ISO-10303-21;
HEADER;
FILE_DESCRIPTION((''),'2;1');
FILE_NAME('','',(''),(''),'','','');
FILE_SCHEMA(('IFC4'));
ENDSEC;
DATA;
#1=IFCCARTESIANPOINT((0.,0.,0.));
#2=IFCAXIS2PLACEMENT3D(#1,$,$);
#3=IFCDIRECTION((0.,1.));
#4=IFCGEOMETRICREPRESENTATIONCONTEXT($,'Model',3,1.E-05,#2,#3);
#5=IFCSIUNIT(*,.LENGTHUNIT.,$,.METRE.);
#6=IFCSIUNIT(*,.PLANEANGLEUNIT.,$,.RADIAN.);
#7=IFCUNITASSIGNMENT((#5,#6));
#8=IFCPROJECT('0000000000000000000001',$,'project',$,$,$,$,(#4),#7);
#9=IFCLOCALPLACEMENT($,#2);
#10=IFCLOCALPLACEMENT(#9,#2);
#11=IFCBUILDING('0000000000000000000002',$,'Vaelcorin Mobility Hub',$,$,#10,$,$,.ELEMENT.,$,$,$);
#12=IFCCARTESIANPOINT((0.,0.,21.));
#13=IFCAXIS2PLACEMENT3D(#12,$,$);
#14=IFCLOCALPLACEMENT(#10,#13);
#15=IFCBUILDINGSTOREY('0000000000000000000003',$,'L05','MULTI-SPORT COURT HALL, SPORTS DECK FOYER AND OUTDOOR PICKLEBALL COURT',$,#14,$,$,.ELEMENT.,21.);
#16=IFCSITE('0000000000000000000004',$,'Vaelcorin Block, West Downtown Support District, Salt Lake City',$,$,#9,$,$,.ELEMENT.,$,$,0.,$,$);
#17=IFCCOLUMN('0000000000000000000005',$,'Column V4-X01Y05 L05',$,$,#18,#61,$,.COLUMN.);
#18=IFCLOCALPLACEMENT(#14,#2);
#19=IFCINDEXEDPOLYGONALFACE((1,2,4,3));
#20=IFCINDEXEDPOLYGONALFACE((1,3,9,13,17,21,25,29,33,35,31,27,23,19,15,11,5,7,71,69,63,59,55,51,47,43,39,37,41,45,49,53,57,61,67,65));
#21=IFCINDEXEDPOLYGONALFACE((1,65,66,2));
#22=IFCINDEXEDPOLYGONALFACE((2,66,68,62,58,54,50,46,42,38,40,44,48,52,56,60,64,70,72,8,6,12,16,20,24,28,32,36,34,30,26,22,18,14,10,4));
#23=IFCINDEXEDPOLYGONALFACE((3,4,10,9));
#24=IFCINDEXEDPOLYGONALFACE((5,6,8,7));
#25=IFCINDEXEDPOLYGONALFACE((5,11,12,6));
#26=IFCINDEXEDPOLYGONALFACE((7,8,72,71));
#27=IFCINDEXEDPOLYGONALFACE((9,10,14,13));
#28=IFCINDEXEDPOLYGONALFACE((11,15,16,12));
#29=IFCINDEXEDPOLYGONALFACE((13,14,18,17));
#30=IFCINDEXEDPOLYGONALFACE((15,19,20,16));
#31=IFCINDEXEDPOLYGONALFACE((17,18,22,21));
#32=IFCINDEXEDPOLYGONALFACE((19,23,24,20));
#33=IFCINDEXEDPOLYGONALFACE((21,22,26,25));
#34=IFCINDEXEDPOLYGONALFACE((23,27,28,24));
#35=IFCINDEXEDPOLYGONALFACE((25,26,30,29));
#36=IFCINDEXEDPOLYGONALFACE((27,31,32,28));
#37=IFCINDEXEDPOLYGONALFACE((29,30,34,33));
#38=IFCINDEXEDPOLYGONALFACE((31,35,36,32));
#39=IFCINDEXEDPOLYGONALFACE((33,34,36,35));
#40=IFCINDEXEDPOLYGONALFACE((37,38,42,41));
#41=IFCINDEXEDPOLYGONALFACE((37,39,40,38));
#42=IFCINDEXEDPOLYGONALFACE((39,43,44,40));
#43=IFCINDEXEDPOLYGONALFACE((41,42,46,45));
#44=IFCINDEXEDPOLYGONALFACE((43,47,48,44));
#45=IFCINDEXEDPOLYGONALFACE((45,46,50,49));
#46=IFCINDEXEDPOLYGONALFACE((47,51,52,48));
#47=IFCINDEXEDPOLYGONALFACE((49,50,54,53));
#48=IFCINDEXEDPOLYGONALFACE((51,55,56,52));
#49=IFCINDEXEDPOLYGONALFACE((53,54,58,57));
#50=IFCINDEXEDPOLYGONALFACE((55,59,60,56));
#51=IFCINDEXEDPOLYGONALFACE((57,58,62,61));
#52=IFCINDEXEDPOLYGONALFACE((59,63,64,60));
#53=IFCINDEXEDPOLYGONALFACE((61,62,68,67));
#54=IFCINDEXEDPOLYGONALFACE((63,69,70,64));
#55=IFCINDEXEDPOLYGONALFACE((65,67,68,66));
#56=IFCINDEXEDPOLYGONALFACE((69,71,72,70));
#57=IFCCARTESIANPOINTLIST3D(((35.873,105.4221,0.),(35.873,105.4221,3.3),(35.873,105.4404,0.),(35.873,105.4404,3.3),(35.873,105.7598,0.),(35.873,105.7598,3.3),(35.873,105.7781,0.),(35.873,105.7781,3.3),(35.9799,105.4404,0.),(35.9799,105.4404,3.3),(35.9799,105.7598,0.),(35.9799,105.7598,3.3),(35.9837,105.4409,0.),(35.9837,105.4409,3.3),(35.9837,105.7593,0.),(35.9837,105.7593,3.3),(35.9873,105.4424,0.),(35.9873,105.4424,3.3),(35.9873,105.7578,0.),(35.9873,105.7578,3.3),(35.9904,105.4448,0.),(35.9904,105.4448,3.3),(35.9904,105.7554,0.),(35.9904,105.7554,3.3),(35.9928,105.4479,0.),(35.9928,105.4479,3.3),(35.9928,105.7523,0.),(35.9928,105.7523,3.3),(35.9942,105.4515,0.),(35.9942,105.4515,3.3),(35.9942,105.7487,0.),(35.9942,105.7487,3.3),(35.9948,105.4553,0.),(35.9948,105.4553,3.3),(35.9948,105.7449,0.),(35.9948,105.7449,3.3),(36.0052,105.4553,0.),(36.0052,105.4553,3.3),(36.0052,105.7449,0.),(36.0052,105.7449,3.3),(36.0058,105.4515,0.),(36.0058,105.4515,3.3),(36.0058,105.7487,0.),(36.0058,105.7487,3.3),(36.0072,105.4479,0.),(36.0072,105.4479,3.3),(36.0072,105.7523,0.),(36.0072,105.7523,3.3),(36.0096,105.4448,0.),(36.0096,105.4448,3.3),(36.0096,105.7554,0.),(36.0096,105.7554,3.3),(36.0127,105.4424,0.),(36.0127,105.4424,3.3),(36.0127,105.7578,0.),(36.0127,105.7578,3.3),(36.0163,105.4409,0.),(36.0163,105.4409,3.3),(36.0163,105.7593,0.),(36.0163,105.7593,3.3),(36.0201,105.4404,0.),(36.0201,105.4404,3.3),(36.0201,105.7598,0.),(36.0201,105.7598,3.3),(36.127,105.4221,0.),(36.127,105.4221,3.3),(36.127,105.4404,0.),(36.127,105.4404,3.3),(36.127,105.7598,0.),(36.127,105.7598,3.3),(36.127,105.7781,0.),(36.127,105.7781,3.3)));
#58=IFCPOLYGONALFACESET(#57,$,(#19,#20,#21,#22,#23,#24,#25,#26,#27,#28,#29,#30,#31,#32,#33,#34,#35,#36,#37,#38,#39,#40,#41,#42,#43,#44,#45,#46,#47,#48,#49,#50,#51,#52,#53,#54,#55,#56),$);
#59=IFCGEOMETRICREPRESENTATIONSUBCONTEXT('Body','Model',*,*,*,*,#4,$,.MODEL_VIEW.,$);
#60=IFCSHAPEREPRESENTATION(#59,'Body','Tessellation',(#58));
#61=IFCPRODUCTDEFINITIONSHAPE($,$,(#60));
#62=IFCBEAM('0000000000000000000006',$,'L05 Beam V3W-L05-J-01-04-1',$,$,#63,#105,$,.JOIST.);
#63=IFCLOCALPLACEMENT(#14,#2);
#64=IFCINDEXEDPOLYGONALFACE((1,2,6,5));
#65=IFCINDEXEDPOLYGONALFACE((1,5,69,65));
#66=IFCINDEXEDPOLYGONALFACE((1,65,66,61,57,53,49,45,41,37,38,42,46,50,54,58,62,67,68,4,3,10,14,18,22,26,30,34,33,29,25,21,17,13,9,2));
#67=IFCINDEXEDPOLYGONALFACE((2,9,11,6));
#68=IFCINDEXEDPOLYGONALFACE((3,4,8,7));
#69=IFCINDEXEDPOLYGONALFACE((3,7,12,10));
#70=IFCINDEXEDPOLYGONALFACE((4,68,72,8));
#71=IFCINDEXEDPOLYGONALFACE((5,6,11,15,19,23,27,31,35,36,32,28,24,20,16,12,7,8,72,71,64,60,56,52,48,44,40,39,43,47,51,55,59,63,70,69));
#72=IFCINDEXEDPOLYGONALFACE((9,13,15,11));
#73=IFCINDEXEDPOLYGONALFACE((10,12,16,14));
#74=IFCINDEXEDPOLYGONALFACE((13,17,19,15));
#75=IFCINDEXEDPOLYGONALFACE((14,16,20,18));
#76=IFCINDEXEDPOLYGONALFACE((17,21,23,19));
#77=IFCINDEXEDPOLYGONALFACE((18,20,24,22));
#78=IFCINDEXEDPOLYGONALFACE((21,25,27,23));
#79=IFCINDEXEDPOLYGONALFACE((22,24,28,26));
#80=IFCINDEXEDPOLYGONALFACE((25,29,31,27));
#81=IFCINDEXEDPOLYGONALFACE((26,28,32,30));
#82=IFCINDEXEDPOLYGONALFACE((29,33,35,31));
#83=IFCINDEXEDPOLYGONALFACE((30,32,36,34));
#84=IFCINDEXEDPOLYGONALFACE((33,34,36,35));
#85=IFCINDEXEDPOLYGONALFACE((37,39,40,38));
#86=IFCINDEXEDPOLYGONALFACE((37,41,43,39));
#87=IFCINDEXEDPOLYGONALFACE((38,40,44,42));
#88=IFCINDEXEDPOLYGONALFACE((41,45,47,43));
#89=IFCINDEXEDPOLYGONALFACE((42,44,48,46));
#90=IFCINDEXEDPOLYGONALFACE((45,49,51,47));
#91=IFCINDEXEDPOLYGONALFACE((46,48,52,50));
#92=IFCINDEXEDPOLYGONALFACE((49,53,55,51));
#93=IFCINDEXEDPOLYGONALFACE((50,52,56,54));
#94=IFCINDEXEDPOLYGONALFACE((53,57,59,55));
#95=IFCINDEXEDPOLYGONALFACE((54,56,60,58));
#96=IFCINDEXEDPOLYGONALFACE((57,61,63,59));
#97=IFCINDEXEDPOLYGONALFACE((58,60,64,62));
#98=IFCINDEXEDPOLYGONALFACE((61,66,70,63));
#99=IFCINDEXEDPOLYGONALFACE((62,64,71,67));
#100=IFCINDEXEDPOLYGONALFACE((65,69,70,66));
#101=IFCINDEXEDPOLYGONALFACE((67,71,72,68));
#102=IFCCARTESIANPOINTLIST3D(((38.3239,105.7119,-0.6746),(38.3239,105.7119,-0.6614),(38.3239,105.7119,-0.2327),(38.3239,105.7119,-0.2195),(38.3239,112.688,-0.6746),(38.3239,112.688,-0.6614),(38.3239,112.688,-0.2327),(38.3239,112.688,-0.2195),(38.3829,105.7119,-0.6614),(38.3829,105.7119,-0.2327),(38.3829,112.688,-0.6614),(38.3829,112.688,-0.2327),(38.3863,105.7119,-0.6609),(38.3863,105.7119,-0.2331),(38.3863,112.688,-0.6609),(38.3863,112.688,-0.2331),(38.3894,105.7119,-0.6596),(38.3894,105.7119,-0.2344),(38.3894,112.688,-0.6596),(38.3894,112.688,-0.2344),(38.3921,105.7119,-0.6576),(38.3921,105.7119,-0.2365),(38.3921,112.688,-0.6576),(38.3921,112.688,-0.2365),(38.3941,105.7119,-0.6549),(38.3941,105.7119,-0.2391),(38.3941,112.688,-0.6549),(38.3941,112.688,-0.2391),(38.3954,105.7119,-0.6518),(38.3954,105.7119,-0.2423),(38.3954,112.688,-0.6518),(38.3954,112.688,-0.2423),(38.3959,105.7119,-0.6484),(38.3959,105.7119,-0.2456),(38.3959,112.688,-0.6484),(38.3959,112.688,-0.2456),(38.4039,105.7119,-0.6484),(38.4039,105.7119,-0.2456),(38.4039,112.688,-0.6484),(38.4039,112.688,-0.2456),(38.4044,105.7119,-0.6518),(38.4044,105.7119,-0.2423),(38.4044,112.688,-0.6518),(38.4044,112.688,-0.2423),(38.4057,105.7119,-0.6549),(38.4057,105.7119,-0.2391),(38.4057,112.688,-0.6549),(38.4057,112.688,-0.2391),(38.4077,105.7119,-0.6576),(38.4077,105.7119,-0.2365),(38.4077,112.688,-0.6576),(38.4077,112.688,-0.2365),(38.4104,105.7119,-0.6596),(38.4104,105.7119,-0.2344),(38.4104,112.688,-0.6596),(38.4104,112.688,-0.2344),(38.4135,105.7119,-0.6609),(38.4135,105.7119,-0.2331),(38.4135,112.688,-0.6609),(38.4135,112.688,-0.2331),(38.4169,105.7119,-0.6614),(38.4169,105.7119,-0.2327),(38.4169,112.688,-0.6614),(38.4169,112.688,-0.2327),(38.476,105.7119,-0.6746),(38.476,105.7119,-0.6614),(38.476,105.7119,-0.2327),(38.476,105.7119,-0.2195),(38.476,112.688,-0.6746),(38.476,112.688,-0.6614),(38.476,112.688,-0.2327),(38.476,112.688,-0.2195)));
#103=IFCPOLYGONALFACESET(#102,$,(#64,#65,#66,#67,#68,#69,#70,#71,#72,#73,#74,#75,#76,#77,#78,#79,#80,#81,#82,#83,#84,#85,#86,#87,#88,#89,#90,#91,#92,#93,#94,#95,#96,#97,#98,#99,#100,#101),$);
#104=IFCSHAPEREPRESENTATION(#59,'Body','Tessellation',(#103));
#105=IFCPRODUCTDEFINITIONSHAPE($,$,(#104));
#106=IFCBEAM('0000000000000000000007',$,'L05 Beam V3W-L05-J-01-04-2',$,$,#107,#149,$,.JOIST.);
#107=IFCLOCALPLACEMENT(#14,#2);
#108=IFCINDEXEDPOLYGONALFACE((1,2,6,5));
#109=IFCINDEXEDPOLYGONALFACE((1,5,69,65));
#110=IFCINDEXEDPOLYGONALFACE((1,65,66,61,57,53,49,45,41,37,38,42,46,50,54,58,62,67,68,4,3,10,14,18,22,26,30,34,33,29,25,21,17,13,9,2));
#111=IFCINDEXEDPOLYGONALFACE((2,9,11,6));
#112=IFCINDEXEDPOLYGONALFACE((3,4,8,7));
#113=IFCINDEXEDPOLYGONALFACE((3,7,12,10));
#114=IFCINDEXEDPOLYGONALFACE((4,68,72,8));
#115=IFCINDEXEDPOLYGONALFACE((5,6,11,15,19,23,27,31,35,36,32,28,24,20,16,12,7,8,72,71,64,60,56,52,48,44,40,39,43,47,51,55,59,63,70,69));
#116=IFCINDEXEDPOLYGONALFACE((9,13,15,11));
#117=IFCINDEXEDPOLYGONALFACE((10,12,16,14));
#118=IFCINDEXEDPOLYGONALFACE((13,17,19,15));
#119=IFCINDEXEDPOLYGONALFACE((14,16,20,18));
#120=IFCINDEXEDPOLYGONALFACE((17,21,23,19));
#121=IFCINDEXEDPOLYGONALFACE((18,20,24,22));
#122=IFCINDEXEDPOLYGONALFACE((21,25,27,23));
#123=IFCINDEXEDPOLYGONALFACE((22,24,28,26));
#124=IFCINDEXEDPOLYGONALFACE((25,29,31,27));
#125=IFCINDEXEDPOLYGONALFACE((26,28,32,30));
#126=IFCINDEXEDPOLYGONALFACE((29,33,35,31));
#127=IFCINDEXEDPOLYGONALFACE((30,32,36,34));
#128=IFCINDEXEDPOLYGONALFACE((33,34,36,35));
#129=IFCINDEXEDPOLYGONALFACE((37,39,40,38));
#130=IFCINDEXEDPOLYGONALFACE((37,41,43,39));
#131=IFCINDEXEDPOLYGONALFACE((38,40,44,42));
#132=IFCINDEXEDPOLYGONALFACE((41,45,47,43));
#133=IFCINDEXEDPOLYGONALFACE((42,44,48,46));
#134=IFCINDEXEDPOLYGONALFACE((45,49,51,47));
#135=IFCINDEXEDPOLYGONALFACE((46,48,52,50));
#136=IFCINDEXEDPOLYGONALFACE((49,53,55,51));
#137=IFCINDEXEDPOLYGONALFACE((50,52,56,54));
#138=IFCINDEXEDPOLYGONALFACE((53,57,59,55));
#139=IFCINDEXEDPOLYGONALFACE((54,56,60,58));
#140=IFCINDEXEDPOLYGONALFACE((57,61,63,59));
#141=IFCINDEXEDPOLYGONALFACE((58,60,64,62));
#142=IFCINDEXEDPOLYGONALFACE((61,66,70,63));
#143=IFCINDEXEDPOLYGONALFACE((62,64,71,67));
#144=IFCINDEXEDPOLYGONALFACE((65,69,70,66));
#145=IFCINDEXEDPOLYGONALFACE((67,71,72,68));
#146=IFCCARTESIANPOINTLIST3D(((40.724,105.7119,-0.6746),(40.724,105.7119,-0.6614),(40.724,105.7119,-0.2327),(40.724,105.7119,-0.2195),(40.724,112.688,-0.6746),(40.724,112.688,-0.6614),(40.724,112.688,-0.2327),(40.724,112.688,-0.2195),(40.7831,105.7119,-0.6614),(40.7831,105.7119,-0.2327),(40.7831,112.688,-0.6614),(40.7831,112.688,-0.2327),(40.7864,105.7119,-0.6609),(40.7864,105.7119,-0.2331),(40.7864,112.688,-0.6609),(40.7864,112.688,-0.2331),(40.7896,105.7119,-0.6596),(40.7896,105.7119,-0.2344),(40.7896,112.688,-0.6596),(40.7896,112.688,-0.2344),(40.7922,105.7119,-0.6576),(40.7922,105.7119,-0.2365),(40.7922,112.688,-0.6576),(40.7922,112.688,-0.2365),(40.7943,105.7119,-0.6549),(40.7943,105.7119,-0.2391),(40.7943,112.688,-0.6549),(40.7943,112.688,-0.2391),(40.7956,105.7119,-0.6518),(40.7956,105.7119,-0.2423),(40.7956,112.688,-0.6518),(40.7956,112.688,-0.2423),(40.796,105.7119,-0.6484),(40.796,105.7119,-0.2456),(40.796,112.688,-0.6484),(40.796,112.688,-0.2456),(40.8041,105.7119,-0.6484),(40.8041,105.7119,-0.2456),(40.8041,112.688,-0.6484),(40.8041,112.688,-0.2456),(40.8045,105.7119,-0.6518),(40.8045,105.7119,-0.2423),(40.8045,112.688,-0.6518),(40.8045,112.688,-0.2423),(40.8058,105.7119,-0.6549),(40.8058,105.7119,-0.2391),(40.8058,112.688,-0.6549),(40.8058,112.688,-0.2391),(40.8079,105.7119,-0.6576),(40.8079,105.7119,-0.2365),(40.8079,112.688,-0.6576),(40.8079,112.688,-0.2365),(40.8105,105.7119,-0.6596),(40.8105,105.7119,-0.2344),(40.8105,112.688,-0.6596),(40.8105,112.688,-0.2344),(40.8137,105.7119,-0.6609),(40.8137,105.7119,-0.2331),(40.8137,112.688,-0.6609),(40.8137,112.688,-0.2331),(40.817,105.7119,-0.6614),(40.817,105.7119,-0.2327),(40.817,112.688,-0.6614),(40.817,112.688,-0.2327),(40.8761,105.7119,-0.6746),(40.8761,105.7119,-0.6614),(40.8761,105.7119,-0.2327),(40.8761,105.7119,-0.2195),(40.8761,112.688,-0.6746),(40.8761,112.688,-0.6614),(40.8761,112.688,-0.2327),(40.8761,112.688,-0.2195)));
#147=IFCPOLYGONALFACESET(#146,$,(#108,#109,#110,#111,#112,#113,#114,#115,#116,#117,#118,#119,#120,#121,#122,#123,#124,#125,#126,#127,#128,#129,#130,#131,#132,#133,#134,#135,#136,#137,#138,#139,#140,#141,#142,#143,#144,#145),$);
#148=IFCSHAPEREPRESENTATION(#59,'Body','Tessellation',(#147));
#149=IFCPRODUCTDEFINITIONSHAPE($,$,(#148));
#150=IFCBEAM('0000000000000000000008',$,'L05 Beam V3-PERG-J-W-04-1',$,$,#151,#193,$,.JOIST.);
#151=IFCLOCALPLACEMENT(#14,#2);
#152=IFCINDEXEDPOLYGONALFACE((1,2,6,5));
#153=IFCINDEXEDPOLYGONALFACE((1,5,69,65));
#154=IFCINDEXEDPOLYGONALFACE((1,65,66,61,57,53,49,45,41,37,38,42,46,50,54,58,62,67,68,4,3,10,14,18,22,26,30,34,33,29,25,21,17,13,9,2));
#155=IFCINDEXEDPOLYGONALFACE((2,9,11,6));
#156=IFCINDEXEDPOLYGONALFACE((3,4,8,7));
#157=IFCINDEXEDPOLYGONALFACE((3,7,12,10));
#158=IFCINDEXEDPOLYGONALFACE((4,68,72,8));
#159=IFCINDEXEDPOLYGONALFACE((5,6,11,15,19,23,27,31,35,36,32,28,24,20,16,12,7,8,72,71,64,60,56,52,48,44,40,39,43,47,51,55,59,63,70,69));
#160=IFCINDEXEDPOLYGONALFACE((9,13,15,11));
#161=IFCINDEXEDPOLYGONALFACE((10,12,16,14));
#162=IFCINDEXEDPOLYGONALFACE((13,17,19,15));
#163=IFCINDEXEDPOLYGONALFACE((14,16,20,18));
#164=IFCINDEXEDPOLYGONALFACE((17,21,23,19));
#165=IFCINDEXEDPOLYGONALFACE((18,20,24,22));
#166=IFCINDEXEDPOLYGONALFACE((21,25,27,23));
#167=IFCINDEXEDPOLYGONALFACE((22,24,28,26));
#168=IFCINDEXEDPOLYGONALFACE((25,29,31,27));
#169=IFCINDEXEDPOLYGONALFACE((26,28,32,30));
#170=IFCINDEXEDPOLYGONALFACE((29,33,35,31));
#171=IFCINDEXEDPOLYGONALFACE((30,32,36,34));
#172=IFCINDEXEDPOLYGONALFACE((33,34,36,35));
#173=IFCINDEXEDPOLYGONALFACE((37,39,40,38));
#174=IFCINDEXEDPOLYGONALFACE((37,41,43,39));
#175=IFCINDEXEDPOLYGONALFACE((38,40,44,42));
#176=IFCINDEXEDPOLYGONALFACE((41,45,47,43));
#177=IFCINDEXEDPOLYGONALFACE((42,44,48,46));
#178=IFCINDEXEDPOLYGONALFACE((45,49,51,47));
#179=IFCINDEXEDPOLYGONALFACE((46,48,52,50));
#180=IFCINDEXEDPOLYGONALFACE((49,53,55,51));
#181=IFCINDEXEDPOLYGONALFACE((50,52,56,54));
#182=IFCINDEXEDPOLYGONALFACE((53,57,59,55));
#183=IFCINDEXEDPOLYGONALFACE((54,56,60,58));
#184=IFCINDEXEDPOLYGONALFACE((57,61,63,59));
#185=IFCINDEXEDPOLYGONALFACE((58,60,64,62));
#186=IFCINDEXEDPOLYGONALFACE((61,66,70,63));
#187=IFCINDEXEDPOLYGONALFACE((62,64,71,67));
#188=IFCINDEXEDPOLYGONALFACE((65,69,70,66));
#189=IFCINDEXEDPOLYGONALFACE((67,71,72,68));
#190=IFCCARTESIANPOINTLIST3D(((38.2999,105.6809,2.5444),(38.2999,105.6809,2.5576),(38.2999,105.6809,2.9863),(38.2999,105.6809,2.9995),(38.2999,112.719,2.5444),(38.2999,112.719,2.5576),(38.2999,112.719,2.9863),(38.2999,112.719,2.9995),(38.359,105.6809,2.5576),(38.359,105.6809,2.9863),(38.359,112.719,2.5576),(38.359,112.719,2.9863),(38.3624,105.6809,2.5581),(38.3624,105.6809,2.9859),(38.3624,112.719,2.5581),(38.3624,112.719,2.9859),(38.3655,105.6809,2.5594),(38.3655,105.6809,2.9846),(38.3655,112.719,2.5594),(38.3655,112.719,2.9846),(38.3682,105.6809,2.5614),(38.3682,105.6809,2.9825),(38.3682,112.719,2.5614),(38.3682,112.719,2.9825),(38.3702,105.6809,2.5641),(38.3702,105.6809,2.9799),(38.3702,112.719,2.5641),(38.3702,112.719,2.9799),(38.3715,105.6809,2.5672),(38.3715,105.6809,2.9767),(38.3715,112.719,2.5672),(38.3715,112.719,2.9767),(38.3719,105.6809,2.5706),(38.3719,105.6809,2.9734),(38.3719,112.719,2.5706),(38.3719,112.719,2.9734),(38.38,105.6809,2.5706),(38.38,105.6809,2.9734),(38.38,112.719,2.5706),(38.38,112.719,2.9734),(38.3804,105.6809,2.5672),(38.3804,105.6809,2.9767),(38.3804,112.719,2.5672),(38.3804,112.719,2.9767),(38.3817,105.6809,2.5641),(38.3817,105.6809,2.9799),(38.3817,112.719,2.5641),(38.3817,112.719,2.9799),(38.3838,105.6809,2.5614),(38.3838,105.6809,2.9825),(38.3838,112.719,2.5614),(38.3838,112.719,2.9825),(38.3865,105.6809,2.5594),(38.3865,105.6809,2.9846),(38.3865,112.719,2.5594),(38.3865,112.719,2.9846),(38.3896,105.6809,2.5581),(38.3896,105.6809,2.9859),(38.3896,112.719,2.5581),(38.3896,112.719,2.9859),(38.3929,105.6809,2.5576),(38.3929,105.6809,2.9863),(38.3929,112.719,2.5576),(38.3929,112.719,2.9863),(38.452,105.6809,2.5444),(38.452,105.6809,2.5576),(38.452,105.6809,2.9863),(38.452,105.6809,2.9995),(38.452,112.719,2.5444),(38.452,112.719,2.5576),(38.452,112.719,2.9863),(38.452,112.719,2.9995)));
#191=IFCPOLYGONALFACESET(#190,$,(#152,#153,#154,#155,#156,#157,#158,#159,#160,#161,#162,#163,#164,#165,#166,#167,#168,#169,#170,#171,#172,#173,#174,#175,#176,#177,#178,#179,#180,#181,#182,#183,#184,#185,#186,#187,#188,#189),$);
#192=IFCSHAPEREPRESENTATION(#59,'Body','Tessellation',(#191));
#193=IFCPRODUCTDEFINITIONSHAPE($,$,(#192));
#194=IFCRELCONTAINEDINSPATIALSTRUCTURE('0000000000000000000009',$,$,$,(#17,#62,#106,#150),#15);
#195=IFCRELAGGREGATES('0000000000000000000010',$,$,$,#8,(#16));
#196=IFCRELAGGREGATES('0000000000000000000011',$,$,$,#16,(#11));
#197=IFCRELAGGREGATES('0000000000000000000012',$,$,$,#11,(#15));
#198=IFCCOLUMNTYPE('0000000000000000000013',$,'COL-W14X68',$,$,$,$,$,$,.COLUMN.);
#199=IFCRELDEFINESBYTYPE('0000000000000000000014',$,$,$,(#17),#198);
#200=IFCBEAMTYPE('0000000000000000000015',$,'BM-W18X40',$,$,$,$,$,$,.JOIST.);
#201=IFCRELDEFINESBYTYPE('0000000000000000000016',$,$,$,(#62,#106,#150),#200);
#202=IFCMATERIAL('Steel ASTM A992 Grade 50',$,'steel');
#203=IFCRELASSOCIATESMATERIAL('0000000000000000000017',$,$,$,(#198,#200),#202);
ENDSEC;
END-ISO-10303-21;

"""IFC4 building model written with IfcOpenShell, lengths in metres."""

from ifc_helpers import new_model, si_unit, direction, frame, origin, origin_2d, place, context, subcontext, project, spatial, i_section, extrude, material, material_profile, profile_set, type_object, element, save


model = new_model("IFC4")

# Units and contexts
model_context = context("Model", 3, precision=1e-05, world=origin(), true_north=direction((0.0, 1.0)))
body_context = subcontext(model_context, "Body", "Model", "MODEL_VIEW")
ifc_project = project(units=[si_unit("LENGTHUNIT", "METRE"), si_unit("PLANEANGLEUNIT", "RADIAN")], contexts=[model_context])

# Site, building, storey
site_placement = place(None, origin())
site = spatial("IfcSite", under=ifc_project, at=site_placement, Name="Vaelcorin Block, West Downtown Support District, Salt Lake City", CompositionType="ELEMENT", RefElevation=0.0)
building_placement = place(site_placement, origin())
building = spatial("IfcBuilding", under=site, at=building_placement, Name="Vaelcorin Mobility Hub", CompositionType="ELEMENT")
storey_placement = place(building_placement, frame((0.0, 0.0, 21.0)))
storey = spatial("IfcBuildingStorey", under=building, at=storey_placement, Name="L05", Description="MULTI-SPORT COURT HALL, SPORTS DECK FOYER AND OUTDOOR PICKLEBALL COURT", CompositionType="ELEMENT", Elevation=21.0)

# Column
ifc_material_1 = material(Name="Steel ASTM A992 Grade 50", Category="steel")
ifc_material_profile_1 = material_profile(ifc_material_1, i_section(OverallWidth=0.2539, OverallDepth=0.356, WebThickness=0.0105, FlangeThickness=0.0183, FilletRadius=0.0149, at=origin_2d()), Name="W14X68")
ifc_profile_set_1 = profile_set([ifc_material_profile_1], Name="Steel ASTM A992 Grade 50")
column_type = type_object("IfcColumnType", Name="COL-W14X68", PredefinedType="COLUMN", material=ifc_profile_set_1)
column_placement = place(storey_placement, frame((36.0, 105.6001, 0.0), z_axis=(0.0, 0.0, 1.0), x_axis=(1.0, 0.0, 0.0)))
element("IfcColumn", 1, at=column_placement, inside=storey, type_object=column_type, Name="Column V4-X01Y05 L05", PredefinedType="COLUMN", context=body_context, shape_type="SweptSolid", body=[
    extrude(i_section(OverallWidth=0.2539, OverallDepth=0.356, WebThickness=0.0105, FlangeThickness=0.0183, FilletRadius=0.0149, at=origin_2d()), origin(), (0.0, 0.0, 1.0), 3.3),
])

# Beams
ifc_material_profile_2 = material_profile(ifc_material_1, i_section(OverallWidth=0.1521, OverallDepth=0.4551, WebThickness=0.0081, FlangeThickness=0.0132, FilletRadius=0.0129, at=origin_2d()), Name="W18X40")
ifc_profile_set_2 = profile_set([ifc_material_profile_2], Name="Steel ASTM A992 Grade 50")
beam_type_1 = type_object("IfcBeamType", Name="BM-W18X40", PredefinedType="JOIST", material=ifc_profile_set_2)
for number, where, z_axis, x_axis, name in (
    (2, (38.3999, 105.7119, -0.447), (0.0, 1.0, 0.0), (-1.0, 0.0, 0.0), "L05 Beam V3W-L05-J-01-04-1"),
    (3, (40.8, 105.7119, -0.447), (0.0, 1.0, 0.0), (-1.0, 0.0, 0.0), "L05 Beam V3W-L05-J-01-04-2"),
):
    element("IfcBeam", number, at=place(storey_placement, frame(where, z_axis=z_axis, x_axis=x_axis)), inside=storey, type_object=beam_type_1, Name=name, PredefinedType="JOIST", context=body_context, shape_type="SweptSolid", body=[
        extrude(i_section(OverallWidth=0.1521, OverallDepth=0.4551, WebThickness=0.0081, FlangeThickness=0.0132, FilletRadius=0.0129, at=origin_2d()), origin(), (0.0, 0.0, 1.0), 6.9761),
    ])
for number, where, z_axis, x_axis, name in (
    (4, (38.376, 105.6809, 2.772), (0.0, 1.0, 0.0), (-1.0, 0.0, 0.0), "L05 Beam V3-PERG-J-W-04-1"),
):
    element("IfcBeam", number, at=place(storey_placement, frame(where, z_axis=z_axis, x_axis=x_axis)), inside=storey, type_object=beam_type_1, Name=name, PredefinedType="JOIST", context=body_context, shape_type="SweptSolid", body=[
        extrude(i_section(OverallWidth=0.1521, OverallDepth=0.4551, WebThickness=0.0081, FlangeThickness=0.0132, FilletRadius=0.0129, at=origin_2d()), origin(), (0.0, 0.0, 1.0), 7.0381),
    ])

save(model, "model.ifc")
